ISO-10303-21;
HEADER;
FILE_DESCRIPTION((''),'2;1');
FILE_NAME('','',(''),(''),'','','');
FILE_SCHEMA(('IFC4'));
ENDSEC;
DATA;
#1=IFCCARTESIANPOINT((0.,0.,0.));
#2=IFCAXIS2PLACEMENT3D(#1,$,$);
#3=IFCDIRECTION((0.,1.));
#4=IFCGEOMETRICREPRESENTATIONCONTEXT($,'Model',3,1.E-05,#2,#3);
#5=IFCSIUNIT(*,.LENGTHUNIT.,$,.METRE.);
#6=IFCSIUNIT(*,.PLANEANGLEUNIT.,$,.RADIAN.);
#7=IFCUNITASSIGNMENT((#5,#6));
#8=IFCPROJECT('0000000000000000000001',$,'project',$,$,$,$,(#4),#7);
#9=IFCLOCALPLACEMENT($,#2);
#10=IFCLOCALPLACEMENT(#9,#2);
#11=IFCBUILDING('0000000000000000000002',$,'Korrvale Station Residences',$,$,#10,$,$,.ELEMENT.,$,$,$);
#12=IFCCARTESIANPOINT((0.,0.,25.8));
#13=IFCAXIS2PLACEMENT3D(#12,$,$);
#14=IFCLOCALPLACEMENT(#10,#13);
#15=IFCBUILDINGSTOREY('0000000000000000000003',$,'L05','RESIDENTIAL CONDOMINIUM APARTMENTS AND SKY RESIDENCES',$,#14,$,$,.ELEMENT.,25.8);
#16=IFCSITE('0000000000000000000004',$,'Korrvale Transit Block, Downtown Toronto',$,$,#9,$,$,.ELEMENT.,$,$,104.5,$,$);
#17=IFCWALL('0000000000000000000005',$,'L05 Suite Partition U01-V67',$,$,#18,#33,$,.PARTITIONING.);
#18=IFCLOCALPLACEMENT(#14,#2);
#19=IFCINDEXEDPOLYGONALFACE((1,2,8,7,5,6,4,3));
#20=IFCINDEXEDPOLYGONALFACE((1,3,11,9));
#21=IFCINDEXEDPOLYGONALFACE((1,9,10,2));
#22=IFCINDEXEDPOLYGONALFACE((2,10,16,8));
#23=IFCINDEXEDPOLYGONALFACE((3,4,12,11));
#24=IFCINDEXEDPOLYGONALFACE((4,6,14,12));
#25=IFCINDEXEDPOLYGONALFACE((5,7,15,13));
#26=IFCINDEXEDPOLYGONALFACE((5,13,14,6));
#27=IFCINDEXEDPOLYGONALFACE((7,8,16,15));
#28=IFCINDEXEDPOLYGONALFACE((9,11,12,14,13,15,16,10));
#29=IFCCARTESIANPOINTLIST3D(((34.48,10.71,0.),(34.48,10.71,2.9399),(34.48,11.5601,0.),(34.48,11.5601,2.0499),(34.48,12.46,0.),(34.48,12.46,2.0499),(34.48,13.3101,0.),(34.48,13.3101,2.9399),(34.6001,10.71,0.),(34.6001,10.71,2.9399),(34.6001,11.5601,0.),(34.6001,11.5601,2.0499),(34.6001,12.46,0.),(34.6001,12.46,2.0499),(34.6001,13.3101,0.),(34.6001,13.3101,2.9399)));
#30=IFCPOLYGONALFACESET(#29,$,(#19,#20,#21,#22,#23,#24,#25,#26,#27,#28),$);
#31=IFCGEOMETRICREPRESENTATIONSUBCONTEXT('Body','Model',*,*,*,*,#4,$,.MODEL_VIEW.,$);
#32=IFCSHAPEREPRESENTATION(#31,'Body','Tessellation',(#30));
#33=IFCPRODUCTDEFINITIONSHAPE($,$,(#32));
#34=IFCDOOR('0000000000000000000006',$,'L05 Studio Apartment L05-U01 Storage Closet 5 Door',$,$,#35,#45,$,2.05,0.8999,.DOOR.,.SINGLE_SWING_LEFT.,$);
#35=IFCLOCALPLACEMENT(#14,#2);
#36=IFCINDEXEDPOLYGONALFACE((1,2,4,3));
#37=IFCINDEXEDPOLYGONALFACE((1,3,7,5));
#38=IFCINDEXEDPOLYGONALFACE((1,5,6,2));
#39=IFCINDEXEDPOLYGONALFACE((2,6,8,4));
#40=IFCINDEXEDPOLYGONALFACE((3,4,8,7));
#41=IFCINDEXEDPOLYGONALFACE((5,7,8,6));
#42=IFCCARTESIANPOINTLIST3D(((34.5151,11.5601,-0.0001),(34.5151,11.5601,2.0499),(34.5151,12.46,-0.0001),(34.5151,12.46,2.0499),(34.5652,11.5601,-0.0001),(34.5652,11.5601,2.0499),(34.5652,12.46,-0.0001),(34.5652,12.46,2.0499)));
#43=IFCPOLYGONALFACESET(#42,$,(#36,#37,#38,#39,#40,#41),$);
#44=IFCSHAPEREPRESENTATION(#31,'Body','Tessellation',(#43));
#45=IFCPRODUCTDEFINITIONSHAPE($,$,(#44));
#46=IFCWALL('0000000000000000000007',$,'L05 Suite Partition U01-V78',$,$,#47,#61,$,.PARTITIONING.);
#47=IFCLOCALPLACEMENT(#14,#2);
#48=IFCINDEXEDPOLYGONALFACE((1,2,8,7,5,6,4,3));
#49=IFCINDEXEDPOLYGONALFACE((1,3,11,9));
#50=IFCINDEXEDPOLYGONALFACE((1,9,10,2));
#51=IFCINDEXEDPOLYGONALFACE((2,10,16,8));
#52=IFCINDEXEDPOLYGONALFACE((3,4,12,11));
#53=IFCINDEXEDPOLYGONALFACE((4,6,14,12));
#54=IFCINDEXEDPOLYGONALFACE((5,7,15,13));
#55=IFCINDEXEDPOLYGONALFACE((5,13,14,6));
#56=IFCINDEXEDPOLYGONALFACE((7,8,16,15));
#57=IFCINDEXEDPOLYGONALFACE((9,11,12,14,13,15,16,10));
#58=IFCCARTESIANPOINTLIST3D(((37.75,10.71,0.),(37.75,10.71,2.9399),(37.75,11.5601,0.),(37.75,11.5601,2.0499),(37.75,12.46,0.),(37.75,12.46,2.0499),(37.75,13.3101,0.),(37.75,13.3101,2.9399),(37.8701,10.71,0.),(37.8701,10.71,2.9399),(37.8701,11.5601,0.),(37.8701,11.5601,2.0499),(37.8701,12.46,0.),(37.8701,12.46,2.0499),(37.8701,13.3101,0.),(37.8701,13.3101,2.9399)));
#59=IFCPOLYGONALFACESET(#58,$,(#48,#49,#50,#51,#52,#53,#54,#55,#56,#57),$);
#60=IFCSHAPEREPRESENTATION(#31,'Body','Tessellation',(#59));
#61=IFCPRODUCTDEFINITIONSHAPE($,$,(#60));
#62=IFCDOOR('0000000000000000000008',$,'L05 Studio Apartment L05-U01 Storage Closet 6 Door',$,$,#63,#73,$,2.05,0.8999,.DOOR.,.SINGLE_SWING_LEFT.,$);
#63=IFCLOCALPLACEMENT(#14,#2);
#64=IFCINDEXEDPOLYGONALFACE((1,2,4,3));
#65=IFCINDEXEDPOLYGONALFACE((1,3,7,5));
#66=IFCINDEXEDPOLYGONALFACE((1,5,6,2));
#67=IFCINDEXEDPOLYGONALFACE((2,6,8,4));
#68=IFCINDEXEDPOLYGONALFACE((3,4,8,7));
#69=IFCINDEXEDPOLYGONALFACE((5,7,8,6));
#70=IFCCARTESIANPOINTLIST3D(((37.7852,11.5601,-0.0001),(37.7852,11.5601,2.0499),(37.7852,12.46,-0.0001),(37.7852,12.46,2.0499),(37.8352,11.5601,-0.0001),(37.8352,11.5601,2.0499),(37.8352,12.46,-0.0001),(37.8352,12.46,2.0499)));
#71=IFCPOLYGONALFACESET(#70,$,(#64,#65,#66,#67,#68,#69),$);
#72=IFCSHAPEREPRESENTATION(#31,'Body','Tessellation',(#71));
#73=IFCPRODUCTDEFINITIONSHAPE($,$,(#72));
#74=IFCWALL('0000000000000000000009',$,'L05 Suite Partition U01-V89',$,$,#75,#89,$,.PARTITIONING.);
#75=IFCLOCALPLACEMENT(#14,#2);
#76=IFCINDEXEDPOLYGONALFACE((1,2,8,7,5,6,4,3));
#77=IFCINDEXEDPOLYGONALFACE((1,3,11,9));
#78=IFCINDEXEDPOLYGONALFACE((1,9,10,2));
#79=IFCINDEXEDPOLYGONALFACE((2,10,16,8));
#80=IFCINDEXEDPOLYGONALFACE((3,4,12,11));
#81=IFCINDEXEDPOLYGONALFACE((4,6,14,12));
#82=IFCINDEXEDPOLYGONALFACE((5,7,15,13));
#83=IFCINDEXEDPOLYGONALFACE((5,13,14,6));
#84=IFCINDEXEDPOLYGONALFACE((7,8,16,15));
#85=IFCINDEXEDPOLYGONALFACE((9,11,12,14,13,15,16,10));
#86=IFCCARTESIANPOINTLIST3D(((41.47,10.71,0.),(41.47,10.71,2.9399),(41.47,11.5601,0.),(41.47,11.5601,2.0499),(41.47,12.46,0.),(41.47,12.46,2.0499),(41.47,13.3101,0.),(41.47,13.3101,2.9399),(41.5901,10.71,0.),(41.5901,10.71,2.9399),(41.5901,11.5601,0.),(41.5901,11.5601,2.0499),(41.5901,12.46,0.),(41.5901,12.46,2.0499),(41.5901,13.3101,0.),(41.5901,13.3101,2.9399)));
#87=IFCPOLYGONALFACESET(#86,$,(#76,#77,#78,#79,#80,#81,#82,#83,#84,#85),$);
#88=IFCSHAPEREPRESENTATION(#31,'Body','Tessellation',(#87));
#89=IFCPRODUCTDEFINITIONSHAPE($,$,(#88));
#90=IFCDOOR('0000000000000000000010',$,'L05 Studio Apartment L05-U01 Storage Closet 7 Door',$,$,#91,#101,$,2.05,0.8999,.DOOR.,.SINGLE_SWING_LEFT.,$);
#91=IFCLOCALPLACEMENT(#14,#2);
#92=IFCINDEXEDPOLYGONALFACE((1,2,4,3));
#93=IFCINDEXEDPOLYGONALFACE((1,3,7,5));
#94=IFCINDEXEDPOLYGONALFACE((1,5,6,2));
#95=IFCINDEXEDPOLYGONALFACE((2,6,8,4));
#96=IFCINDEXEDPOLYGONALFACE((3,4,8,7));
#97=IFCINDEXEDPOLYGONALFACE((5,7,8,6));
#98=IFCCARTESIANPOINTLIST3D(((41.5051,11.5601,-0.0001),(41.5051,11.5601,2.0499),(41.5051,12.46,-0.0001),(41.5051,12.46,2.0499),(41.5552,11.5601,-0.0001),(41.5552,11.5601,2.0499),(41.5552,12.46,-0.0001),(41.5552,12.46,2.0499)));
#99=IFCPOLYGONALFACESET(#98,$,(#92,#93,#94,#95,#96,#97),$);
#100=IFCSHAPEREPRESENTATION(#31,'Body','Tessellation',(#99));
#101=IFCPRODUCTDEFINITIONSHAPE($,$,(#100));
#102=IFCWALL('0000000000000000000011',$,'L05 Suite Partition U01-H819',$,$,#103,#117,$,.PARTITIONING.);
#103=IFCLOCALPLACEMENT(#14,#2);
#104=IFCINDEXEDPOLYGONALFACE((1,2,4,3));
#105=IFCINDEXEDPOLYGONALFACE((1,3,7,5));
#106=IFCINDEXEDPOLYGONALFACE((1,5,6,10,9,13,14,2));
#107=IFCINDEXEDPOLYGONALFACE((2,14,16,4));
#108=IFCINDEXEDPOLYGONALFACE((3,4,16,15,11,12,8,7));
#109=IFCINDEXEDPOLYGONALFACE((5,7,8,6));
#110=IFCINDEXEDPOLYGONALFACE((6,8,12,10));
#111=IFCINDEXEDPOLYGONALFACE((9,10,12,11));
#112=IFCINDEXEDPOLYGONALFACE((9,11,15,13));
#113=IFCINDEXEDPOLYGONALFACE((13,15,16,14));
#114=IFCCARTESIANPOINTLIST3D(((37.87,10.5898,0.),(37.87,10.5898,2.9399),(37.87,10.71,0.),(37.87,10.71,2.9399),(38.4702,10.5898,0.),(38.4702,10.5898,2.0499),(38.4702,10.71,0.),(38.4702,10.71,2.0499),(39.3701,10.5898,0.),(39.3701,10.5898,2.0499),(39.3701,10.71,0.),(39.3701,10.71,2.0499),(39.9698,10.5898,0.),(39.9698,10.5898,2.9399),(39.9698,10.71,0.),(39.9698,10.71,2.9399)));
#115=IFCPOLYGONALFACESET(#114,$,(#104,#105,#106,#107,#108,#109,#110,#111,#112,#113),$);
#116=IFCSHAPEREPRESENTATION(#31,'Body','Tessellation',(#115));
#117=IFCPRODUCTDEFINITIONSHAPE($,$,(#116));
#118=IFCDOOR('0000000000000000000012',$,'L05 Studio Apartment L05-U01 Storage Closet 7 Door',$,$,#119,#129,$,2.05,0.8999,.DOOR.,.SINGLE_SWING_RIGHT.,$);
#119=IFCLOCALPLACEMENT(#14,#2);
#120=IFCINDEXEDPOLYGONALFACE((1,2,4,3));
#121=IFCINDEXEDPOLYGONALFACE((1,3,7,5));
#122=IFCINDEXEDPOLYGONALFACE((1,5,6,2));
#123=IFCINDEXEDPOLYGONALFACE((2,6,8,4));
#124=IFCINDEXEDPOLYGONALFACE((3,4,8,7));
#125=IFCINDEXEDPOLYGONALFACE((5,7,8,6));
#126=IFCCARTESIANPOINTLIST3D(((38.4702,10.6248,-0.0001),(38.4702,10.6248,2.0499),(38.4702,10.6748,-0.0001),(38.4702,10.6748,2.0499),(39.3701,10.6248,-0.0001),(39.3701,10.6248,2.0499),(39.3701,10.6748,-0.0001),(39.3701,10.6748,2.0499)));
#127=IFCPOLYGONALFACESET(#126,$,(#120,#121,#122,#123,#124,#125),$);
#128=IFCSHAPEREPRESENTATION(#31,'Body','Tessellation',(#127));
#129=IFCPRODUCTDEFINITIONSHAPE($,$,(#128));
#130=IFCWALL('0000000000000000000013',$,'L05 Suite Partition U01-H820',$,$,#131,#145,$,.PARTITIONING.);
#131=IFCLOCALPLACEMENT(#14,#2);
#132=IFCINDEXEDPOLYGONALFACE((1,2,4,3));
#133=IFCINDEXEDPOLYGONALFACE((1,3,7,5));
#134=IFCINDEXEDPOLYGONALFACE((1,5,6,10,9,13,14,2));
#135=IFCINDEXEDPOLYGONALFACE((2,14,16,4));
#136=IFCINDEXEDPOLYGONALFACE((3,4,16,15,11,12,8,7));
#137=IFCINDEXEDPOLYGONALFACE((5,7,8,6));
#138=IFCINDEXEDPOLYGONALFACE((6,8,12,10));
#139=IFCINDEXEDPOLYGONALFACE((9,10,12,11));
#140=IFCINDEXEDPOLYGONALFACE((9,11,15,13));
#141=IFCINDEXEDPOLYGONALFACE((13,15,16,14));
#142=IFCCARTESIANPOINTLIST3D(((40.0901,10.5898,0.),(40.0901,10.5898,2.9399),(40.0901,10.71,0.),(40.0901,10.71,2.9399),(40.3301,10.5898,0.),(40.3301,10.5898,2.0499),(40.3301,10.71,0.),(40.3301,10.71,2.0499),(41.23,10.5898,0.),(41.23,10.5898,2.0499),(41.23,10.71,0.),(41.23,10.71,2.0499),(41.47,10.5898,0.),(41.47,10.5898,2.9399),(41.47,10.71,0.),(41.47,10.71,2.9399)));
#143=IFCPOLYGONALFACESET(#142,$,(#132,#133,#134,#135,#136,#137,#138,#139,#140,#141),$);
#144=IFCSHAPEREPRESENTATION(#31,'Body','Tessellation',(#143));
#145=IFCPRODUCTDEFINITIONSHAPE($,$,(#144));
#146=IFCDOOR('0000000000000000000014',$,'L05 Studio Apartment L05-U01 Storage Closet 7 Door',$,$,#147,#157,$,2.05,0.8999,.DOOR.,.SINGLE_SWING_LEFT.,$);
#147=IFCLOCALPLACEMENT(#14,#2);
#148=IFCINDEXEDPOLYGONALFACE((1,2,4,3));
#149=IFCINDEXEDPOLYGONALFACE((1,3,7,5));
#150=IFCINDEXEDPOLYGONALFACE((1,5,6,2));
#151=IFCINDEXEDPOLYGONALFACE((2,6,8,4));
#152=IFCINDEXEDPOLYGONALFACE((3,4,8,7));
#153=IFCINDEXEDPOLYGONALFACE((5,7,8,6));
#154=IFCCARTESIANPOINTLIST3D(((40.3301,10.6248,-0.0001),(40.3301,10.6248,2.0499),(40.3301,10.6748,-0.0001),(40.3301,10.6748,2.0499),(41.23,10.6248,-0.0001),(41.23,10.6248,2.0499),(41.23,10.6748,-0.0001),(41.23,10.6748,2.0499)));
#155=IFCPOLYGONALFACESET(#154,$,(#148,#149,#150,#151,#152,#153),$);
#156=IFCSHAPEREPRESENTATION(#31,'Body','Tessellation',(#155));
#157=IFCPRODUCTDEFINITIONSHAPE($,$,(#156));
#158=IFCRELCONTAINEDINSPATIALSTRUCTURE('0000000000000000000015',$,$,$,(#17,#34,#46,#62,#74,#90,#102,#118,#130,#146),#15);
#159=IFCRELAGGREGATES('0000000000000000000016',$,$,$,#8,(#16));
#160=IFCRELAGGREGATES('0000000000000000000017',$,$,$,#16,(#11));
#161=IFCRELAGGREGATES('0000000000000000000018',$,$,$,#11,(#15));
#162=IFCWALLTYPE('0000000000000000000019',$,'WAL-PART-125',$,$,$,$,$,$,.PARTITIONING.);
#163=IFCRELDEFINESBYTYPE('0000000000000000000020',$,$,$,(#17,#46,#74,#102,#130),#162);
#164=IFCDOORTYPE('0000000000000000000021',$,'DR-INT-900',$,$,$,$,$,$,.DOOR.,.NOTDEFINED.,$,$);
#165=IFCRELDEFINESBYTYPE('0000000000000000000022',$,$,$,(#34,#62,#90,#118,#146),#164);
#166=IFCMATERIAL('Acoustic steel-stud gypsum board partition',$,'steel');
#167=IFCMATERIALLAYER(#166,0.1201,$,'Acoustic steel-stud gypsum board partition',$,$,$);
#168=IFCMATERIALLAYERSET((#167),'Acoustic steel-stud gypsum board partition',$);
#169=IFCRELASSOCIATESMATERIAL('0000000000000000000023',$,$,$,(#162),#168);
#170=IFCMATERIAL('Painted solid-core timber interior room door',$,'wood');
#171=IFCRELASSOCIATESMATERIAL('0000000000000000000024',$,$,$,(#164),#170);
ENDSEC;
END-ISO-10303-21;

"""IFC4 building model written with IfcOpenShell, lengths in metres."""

from ifc_helpers import new_model, si_unit, direction, frame, frame_2d, origin, place, context, subcontext, project, spatial, rectangle, extrude, material, layer, layer_set, type_object, element, fill, save


model = new_model("IFC4")

# Units and contexts
model_context = context("Model", 3, precision=1e-05, world=origin(), true_north=direction((0.0, 1.0)))
body_context = subcontext(model_context, "Body", "Model", "MODEL_VIEW")
ifc_project = project(units=[si_unit("LENGTHUNIT", "METRE"), si_unit("PLANEANGLEUNIT", "RADIAN")], contexts=[model_context])

# Site, building, storey
site_placement = place(None, origin())
site = spatial("IfcSite", under=ifc_project, at=site_placement, Name="Korrvale Transit Block, Downtown Toronto", CompositionType="ELEMENT", RefElevation=104.5)
building_placement = place(site_placement, origin())
building = spatial("IfcBuilding", under=site, at=building_placement, Name="Korrvale Station Residences", CompositionType="ELEMENT")
storey_placement = place(building_placement, frame((0.0, 0.0, 25.8)))
storey = spatial("IfcBuildingStorey", under=building, at=storey_placement, Name="L05", Description="RESIDENTIAL CONDOMINIUM APARTMENTS AND SKY RESIDENCES", CompositionType="ELEMENT", Elevation=25.8)

# Walls, openings, doors
ifc_material_1 = material(Name="Acoustic steel-stud gypsum board partition", Category="steel")
ifc_layer_1 = layer(ifc_material_1, 0.1201, Name="Acoustic steel-stud gypsum board partition")
ifc_layer_set_1 = layer_set([ifc_layer_1], Name="Acoustic steel-stud gypsum board partition")
wall_type_1 = type_object("IfcWallType", Name="WAL-PART-125", PredefinedType="PARTITIONING", material=ifc_layer_set_1)
wall_1_placement = place(storey_placement, frame((34.54, 10.71, 0.0), z_axis=(0.0, 0.0, 1.0), x_axis=(0.0, 1.0, 0.0)))
wall_1 = element("IfcWall", 1, at=wall_1_placement, inside=storey, type_object=wall_type_1, Name="L05 Suite Partition U01-V67", PredefinedType="PARTITIONING", context=body_context, shape_type="SweptSolid", body=[
    extrude(rectangle(XDim=2.6001, YDim=0.1201, at=frame_2d((1.3, 0.0))), origin(), (0.0, 0.0, 1.0), 2.9399),
])
opening_1_placement = place(wall_1_placement, frame((0.8501, 0.0, 0.0)))
opening_1 = element("IfcOpeningElement", 2, at=opening_1_placement, cuts=wall_1, PredefinedType="OPENING", context=body_context, shape_type="SweptSolid", body=[
    extrude(rectangle(XDim=0.8999, YDim=2.05, at=frame_2d((0.45, 1.0249))), frame((0.0, 0.0701, 0.0), z_axis=(0.0, -1.0, 0.0), x_axis=(1.0, 0.0, 0.0)), (0.0, 0.0, 1.0), 0.1401),
])
ifc_material_2 = material(Name="Painted solid-core timber interior room door", Category="wood")
door_type_1 = type_object("IfcDoorType", Name="DR-INT-900", OperationType="NOTDEFINED", PredefinedType="DOOR", material=ifc_material_2)
door_1_placement = place(opening_1_placement, origin())
door_1 = element("IfcDoor", 3, at=door_1_placement, inside=storey, type_object=door_type_1, Name="L05 Studio Apartment L05-U01 Storage Closet 5 Door", OperationType="SINGLE_SWING_LEFT", OverallHeight=2.05, OverallWidth=0.8999, PredefinedType="DOOR", context=body_context, shape_type="SweptSolid", body=[
    extrude(rectangle(XDim=0.8999, YDim=2.05, at=frame_2d((0.45, 1.0249))), frame((0.0, 0.0249, 0.0), z_axis=(0.0, -1.0, 0.0), x_axis=(1.0, 0.0, 0.0)), (0.0, 0.0, 1.0), 0.05),
])
fill(opening_1, door_1)
wall_2_placement = place(storey_placement, frame((37.8101, 10.71, 0.0), z_axis=(0.0, 0.0, 1.0), x_axis=(0.0, 1.0, 0.0)))
wall_2 = element("IfcWall", 4, at=wall_2_placement, inside=storey, type_object=wall_type_1, Name="L05 Suite Partition U01-V78", PredefinedType="PARTITIONING", context=body_context, shape_type="SweptSolid", body=[
    extrude(rectangle(XDim=2.6001, YDim=0.1201, at=frame_2d((1.3, 0.0))), origin(), (0.0, 0.0, 1.0), 2.9399),
])
opening_2_placement = place(wall_2_placement, frame((0.8501, 0.0, 0.0)))
opening_2 = element("IfcOpeningElement", 5, at=opening_2_placement, cuts=wall_2, PredefinedType="OPENING", context=body_context, shape_type="SweptSolid", body=[
    extrude(rectangle(XDim=0.8999, YDim=2.05, at=frame_2d((0.45, 1.0249))), frame((0.0, 0.0701, 0.0), z_axis=(0.0, -1.0, 0.0), x_axis=(1.0, 0.0, 0.0)), (0.0, 0.0, 1.0), 0.1401),
])
door_2_placement = place(opening_2_placement, origin())
door_2 = element("IfcDoor", 6, at=door_2_placement, inside=storey, type_object=door_type_1, Name="L05 Studio Apartment L05-U01 Storage Closet 6 Door", OperationType="SINGLE_SWING_LEFT", OverallHeight=2.05, OverallWidth=0.8999, PredefinedType="DOOR", context=body_context, shape_type="SweptSolid", body=[
    extrude(rectangle(XDim=0.8999, YDim=2.05, at=frame_2d((0.45, 1.0249))), frame((0.0, 0.0249, 0.0), z_axis=(0.0, -1.0, 0.0), x_axis=(1.0, 0.0, 0.0)), (0.0, 0.0, 1.0), 0.05),
])
fill(opening_2, door_2)
wall_3_placement = place(storey_placement, frame((41.53, 10.71, 0.0), z_axis=(0.0, 0.0, 1.0), x_axis=(0.0, 1.0, 0.0)))
wall_3 = element("IfcWall", 7, at=wall_3_placement, inside=storey, type_object=wall_type_1, Name="L05 Suite Partition U01-V89", PredefinedType="PARTITIONING", context=body_context, shape_type="SweptSolid", body=[
    extrude(rectangle(XDim=2.6001, YDim=0.1201, at=frame_2d((1.3, 0.0))), origin(), (0.0, 0.0, 1.0), 2.9399),
])
opening_3_placement = place(wall_3_placement, frame((0.8501, 0.0, 0.0)))
opening_3 = element("IfcOpeningElement", 8, at=opening_3_placement, cuts=wall_3, PredefinedType="OPENING", context=body_context, shape_type="SweptSolid", body=[
    extrude(rectangle(XDim=0.8999, YDim=2.05, at=frame_2d((0.45, 1.0249))), frame((0.0, 0.0701, 0.0), z_axis=(0.0, -1.0, 0.0), x_axis=(1.0, 0.0, 0.0)), (0.0, 0.0, 1.0), 0.1401),
])
door_3_placement = place(opening_3_placement, origin())
door_3 = element("IfcDoor", 9, at=door_3_placement, inside=storey, type_object=door_type_1, Name="L05 Studio Apartment L05-U01 Storage Closet 7 Door", OperationType="SINGLE_SWING_LEFT", OverallHeight=2.05, OverallWidth=0.8999, PredefinedType="DOOR", context=body_context, shape_type="SweptSolid", body=[
    extrude(rectangle(XDim=0.8999, YDim=2.05, at=frame_2d((0.45, 1.0249))), frame((0.0, 0.0249, 0.0), z_axis=(0.0, -1.0, 0.0), x_axis=(1.0, 0.0, 0.0)), (0.0, 0.0, 1.0), 0.05),
])
fill(opening_3, door_3)
wall_4_placement = place(storey_placement, frame((37.8701, 10.6499, 0.0), z_axis=(0.0, 0.0, 1.0), x_axis=(1.0, 0.0, 0.0)))
wall_4 = element("IfcWall", 10, at=wall_4_placement, inside=storey, type_object=wall_type_1, Name="L05 Suite Partition U01-H819", PredefinedType="PARTITIONING", context=body_context, shape_type="SweptSolid", body=[
    extrude(rectangle(XDim=2.0999, YDim=0.1201, at=frame_2d((1.0498, 0.0))), origin(), (0.0, 0.0, 1.0), 2.9399),
])
opening_4_placement = place(wall_4_placement, frame((0.6001, 0.0, 0.0)))
opening_4 = element("IfcOpeningElement", 11, at=opening_4_placement, cuts=wall_4, PredefinedType="OPENING", context=body_context, shape_type="SweptSolid", body=[
    extrude(rectangle(XDim=0.8999, YDim=2.05, at=frame_2d((0.45, 1.0249))), frame((0.0, 0.0701, 0.0), z_axis=(0.0, -1.0, 0.0), x_axis=(1.0, 0.0, 0.0)), (0.0, 0.0, 1.0), 0.1401),
])
door_4_placement = place(opening_4_placement, origin())
door_4 = element("IfcDoor", 12, at=door_4_placement, inside=storey, type_object=door_type_1, Name="L05 Studio Apartment L05-U01 Storage Closet 7 Door", OperationType="SINGLE_SWING_RIGHT", OverallHeight=2.05, OverallWidth=0.8999, PredefinedType="DOOR", context=body_context, shape_type="SweptSolid", body=[
    extrude(rectangle(XDim=0.8999, YDim=2.05, at=frame_2d((0.45, 1.0249))), frame((0.0, 0.0249, 0.0), z_axis=(0.0, -1.0, 0.0), x_axis=(1.0, 0.0, 0.0)), (0.0, 0.0, 1.0), 0.05),
])
fill(opening_4, door_4)
wall_5_placement = place(storey_placement, frame((40.0901, 10.6499, 0.0), z_axis=(0.0, 0.0, 1.0), x_axis=(1.0, 0.0, 0.0)))
wall_5 = element("IfcWall", 13, at=wall_5_placement, inside=storey, type_object=wall_type_1, Name="L05 Suite Partition U01-H820", PredefinedType="PARTITIONING", context=body_context, shape_type="SweptSolid", body=[
    extrude(rectangle(XDim=1.3799, YDim=0.1201, at=frame_2d((0.6899, 0.0))), origin(), (0.0, 0.0, 1.0), 2.9399),
])
opening_5_placement = place(wall_5_placement, frame((0.24, 0.0, 0.0)))
opening_5 = element("IfcOpeningElement", 14, at=opening_5_placement, cuts=wall_5, PredefinedType="OPENING", context=body_context, shape_type="SweptSolid", body=[
    extrude(rectangle(XDim=0.8999, YDim=2.05, at=frame_2d((0.45, 1.0249))), frame((0.0, 0.0701, 0.0), z_axis=(0.0, -1.0, 0.0), x_axis=(1.0, 0.0, 0.0)), (0.0, 0.0, 1.0), 0.1401),
])
door_5_placement = place(opening_5_placement, origin())
door_5 = element("IfcDoor", 15, at=door_5_placement, inside=storey, type_object=door_type_1, Name="L05 Studio Apartment L05-U01 Storage Closet 7 Door", OperationType="SINGLE_SWING_LEFT", OverallHeight=2.05, OverallWidth=0.8999, PredefinedType="DOOR", context=body_context, shape_type="SweptSolid", body=[
    extrude(rectangle(XDim=0.8999, YDim=2.05, at=frame_2d((0.45, 1.0249))), frame((0.0, 0.0249, 0.0), z_axis=(0.0, -1.0, 0.0), x_axis=(1.0, 0.0, 0.0)), (0.0, 0.0, 1.0), 0.05),
])
fill(opening_5, door_5)

save(model, "model.ifc")
